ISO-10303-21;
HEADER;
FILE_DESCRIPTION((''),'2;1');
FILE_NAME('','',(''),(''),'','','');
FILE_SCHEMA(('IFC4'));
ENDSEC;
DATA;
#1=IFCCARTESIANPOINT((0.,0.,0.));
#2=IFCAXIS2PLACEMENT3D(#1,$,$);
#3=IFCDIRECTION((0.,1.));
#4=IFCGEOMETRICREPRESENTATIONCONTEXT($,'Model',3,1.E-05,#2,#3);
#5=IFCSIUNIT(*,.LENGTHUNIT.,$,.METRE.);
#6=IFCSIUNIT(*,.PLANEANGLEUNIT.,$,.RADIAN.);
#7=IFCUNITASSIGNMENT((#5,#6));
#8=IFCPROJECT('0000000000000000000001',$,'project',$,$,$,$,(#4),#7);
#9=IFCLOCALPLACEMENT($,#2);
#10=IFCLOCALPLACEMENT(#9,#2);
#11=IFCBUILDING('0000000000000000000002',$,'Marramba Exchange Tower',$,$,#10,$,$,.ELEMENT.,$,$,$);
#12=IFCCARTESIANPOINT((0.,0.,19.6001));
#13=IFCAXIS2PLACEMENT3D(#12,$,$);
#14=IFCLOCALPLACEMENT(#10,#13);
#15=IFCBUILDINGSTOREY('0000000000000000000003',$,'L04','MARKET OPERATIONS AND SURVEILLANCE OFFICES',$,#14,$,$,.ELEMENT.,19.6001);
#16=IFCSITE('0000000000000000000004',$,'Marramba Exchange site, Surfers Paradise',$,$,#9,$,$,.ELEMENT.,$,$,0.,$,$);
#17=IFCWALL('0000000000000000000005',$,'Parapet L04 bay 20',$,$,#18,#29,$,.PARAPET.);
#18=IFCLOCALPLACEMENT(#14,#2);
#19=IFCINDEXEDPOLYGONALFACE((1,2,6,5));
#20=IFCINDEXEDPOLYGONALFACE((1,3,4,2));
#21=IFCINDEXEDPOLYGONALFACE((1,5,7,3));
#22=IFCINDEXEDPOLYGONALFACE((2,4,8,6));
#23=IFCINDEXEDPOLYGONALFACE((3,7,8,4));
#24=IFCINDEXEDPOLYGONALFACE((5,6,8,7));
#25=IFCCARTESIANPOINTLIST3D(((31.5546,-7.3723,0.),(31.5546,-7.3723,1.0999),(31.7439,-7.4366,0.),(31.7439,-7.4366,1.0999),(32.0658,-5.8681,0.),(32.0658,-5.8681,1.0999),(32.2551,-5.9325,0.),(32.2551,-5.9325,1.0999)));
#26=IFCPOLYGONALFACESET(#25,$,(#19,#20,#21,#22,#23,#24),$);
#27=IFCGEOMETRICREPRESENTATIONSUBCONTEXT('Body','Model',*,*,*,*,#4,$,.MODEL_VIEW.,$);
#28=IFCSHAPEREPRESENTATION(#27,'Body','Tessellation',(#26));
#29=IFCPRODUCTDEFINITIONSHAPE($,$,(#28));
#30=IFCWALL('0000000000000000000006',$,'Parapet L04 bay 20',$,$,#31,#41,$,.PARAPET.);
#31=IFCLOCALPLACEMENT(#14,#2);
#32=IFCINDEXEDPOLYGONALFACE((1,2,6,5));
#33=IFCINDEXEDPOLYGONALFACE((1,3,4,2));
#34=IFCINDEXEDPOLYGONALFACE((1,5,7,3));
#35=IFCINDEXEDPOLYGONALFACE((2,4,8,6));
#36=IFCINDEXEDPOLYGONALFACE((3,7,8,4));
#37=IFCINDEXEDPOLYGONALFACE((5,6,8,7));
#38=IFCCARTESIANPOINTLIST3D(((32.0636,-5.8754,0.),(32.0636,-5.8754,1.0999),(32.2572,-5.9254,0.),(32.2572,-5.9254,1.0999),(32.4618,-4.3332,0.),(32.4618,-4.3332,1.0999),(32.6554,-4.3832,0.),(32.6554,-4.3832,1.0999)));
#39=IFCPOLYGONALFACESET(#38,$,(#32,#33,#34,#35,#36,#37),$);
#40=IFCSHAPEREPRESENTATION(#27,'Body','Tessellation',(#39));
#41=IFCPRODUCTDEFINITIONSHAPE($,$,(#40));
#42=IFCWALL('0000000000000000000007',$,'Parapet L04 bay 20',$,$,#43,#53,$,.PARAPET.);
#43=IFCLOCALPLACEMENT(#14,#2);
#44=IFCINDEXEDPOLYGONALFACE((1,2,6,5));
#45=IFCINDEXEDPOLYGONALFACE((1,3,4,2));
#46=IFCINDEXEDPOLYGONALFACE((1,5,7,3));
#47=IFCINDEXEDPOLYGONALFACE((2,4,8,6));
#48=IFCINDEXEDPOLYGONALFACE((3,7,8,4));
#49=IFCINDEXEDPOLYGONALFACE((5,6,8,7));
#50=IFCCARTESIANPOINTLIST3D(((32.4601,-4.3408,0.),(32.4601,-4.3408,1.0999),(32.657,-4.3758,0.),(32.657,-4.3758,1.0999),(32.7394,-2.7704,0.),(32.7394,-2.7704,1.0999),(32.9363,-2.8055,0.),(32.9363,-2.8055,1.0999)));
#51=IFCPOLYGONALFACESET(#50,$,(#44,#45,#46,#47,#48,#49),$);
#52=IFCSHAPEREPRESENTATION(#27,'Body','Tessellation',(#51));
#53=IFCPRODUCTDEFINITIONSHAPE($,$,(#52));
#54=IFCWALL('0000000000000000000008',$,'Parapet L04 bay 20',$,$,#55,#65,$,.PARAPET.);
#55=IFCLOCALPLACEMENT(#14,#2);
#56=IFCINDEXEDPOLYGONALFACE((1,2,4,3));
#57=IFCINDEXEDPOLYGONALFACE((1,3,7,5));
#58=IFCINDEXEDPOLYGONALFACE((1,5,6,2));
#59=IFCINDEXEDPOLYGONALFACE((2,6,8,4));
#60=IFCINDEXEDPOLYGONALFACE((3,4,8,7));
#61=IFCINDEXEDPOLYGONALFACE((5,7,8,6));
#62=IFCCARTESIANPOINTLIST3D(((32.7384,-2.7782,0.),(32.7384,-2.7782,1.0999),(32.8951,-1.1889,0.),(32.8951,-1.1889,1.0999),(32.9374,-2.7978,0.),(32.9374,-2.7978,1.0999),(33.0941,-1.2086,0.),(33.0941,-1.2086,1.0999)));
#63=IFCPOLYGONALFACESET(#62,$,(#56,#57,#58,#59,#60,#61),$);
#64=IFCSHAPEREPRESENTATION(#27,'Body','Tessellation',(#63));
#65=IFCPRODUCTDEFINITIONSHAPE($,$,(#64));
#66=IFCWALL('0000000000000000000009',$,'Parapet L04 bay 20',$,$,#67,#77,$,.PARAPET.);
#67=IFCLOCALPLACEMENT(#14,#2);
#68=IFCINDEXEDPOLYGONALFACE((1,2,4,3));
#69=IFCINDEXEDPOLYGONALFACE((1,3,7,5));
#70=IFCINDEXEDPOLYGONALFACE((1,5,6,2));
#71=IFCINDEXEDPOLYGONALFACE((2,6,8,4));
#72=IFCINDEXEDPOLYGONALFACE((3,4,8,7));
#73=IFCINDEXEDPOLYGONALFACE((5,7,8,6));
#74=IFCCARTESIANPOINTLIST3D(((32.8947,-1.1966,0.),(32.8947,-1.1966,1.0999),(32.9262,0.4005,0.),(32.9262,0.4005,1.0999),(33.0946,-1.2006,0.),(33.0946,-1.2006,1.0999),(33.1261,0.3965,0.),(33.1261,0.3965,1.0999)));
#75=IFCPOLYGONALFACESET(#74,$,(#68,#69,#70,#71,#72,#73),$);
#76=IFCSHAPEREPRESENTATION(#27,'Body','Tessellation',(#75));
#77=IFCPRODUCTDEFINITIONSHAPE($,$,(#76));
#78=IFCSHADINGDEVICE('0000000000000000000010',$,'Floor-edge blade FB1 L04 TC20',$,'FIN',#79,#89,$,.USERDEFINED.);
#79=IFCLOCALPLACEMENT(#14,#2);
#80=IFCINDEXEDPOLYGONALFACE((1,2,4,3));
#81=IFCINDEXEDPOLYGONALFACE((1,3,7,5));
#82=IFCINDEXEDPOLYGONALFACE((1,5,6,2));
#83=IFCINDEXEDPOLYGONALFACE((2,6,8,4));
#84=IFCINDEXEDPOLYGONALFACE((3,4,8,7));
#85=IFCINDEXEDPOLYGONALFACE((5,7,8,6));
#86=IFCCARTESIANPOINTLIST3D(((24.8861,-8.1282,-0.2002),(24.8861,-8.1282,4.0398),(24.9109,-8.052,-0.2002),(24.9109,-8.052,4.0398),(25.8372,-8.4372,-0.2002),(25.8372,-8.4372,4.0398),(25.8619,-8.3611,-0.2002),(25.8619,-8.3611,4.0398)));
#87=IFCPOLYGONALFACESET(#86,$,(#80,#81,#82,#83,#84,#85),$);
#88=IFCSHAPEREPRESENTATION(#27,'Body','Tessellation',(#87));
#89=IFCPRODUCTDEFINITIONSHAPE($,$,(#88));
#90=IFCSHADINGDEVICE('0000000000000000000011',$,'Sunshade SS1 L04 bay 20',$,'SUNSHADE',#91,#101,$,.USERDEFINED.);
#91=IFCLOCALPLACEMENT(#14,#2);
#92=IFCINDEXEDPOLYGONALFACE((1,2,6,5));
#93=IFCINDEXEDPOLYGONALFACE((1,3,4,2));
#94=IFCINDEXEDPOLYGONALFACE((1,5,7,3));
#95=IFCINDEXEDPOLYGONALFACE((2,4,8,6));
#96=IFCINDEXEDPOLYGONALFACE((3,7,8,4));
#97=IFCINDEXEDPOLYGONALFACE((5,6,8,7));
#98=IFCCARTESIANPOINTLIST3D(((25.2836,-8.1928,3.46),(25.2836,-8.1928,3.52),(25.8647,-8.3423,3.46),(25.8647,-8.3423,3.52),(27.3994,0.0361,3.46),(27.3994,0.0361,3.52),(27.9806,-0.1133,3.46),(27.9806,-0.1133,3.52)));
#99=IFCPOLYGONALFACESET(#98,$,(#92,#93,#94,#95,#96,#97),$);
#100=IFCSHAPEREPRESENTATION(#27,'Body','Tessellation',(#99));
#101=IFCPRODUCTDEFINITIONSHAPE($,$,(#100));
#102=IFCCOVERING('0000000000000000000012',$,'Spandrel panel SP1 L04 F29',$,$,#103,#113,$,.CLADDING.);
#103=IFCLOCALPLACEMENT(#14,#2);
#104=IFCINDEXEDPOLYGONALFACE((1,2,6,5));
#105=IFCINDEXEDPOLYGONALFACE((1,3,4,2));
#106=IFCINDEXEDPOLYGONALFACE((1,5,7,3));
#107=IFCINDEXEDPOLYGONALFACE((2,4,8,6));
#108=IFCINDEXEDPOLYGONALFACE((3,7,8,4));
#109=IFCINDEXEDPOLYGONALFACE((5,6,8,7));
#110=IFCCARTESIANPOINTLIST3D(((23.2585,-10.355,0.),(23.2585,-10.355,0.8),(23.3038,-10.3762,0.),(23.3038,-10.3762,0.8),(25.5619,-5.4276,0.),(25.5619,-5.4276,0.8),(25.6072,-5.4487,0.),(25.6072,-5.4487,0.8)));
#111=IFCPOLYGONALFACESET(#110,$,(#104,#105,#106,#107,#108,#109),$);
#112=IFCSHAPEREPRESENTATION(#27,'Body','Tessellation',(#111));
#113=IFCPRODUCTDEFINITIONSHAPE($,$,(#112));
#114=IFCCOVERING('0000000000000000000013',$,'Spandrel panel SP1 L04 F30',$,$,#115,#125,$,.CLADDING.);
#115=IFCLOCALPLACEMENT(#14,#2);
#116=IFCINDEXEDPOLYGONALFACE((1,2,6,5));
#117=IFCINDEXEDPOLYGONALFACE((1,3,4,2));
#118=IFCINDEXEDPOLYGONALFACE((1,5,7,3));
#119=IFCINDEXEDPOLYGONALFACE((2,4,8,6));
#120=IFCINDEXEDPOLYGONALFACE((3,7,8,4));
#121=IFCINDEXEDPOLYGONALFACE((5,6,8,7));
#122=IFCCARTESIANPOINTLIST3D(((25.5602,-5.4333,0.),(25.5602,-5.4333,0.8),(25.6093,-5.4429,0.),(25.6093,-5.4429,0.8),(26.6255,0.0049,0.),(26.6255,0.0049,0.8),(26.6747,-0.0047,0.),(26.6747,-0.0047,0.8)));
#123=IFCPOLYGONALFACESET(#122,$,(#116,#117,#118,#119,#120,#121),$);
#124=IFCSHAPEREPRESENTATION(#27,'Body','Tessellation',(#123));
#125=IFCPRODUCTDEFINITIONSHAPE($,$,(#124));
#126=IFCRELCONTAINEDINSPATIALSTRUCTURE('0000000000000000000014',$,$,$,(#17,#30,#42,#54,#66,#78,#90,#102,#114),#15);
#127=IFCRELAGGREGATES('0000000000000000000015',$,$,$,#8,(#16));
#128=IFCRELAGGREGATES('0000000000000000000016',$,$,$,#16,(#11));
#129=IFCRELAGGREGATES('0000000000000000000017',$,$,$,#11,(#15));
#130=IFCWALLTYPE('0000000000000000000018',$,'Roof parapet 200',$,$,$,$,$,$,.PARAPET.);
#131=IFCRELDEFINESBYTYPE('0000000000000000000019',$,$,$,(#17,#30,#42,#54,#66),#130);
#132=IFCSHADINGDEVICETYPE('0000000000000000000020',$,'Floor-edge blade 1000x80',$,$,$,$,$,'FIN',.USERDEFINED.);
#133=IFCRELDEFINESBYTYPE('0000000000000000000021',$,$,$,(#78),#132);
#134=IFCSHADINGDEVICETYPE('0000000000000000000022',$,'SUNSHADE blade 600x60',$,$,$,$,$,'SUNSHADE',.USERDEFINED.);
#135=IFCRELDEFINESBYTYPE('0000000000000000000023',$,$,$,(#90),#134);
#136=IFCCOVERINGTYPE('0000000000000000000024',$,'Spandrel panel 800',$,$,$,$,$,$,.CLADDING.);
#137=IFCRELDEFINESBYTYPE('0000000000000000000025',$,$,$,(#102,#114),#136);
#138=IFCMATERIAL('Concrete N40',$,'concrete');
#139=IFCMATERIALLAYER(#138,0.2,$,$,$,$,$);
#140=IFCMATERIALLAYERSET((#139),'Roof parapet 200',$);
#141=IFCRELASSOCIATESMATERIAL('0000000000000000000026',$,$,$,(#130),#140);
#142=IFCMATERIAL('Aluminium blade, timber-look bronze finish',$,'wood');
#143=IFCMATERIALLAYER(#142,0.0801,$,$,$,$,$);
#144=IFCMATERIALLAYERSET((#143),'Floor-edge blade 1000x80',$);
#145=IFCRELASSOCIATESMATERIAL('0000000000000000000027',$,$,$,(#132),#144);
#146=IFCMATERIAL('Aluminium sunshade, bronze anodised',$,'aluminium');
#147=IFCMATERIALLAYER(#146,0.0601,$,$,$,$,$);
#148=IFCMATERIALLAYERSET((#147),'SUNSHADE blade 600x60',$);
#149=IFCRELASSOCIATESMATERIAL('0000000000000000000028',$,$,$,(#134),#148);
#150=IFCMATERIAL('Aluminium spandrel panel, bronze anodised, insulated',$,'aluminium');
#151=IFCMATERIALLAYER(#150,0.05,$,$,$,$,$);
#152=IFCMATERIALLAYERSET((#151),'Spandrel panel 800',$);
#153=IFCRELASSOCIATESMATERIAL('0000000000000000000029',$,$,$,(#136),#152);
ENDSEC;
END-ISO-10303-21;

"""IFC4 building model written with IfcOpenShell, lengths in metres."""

from ifc_helpers import new_model, si_unit, direction, frame, frame_2d, origin, origin_2d, place, context, subcontext, project, spatial, rectangle, extrude, material, layer, layer_set, type_object, element, save


model = new_model("IFC4")

# Units and contexts
model_context = context("Model", 3, precision=1e-05, world=origin(), true_north=direction((0.0, 1.0)))
body_context = subcontext(model_context, "Body", "Model", "MODEL_VIEW")
ifc_project = project(units=[si_unit("LENGTHUNIT", "METRE"), si_unit("PLANEANGLEUNIT", "RADIAN")], contexts=[model_context])

# Site, building, storey
site_placement = place(None, origin())
site = spatial("IfcSite", under=ifc_project, at=site_placement, Name="Marramba Exchange site, Surfers Paradise", CompositionType="ELEMENT", RefElevation=0.0)
building_placement = place(site_placement, origin())
building = spatial("IfcBuilding", under=site, at=building_placement, Name="Marramba Exchange Tower", CompositionType="ELEMENT")
storey_placement = place(building_placement, frame((0.0, 0.0, 19.6001)))
storey = spatial("IfcBuildingStorey", under=building, at=storey_placement, Name="L04", Description="MARKET OPERATIONS AND SURVEILLANCE OFFICES", CompositionType="ELEMENT", Elevation=19.6001)

# Walls
ifc_material_1 = material(Name="Concrete N40", Category="concrete")
ifc_layer_1 = layer(ifc_material_1, 0.2)
ifc_layer_set_1 = layer_set([ifc_layer_1], Name="Roof parapet 200")
wall_type_1 = type_object("IfcWallType", Name="Roof parapet 200", PredefinedType="PARAPET", material=ifc_layer_set_1)
wall_1_placement = place(storey_placement, frame((31.6492, -7.4045, 0.0), z_axis=(0.0, 0.0, 1.0), x_axis=(0.321801, 0.946807, 0.0)))
element("IfcWall", 1, at=wall_1_placement, inside=storey, type_object=wall_type_1, Name="Parapet L04 bay 20", PredefinedType="PARAPET", context=body_context, shape_type="SweptSolid", body=[
    extrude(rectangle(XDim=1.5886, YDim=0.2, at=frame_2d((0.7944, 0.0))), origin(), (0.0, 0.0, 1.0), 1.0999),
])
wall_2_placement = place(storey_placement, frame((32.1604, -5.9004, 0.0), z_axis=(0.0, 0.0, 1.0), x_axis=(0.249994, 0.968247, 0.0)))
element("IfcWall", 2, at=wall_2_placement, inside=storey, type_object=wall_type_1, Name="Parapet L04 bay 20", PredefinedType="PARAPET", context=body_context, shape_type="SweptSolid", body=[
    extrude(rectangle(XDim=1.5928, YDim=0.2, at=frame_2d((0.7964, 0.0))), origin(), (0.0, 0.0, 1.0), 1.0999),
])
wall_3_placement = place(storey_placement, frame((32.5586, -4.3582, 0.0), z_axis=(0.0, 0.0, 1.0), x_axis=(0.175112, 0.984548, 0.0)))
element("IfcWall", 3, at=wall_3_placement, inside=storey, type_object=wall_type_1, Name="Parapet L04 bay 20", PredefinedType="PARAPET", context=body_context, shape_type="SweptSolid", body=[
    extrude(rectangle(XDim=1.595, YDim=0.2, at=frame_2d((0.7974, 0.0))), origin(), (0.0, 0.0, 1.0), 1.0999),
])
wall_4_placement = place(storey_placement, frame((32.8379, -2.7878, 0.0), z_axis=(0.0, 0.0, 1.0), x_axis=(0.098156, 0.995171, 0.0)))
element("IfcWall", 4, at=wall_4_placement, inside=storey, type_object=wall_type_1, Name="Parapet L04 bay 20", PredefinedType="PARAPET", context=body_context, shape_type="SweptSolid", body=[
    extrude(rectangle(XDim=1.5969, YDim=0.2, at=frame_2d((0.7983, 0.0))), origin(), (0.0, 0.0, 1.0), 1.0999),
])
wall_5_placement = place(storey_placement, frame((32.9946, -1.1987, 0.0), z_axis=(0.0, 0.0, 1.0), x_axis=(0.019715, 0.999806, 0.0)))
element("IfcWall", 5, at=wall_5_placement, inside=storey, type_object=wall_type_1, Name="Parapet L04 bay 20", PredefinedType="PARAPET", context=body_context, shape_type="SweptSolid", body=[
    extrude(rectangle(XDim=1.5974, YDim=0.2, at=frame_2d((0.7988, 0.0))), origin(), (0.0, 0.0, 1.0), 1.0999),
])

# Shading devices
ifc_material_2 = material(Name="Aluminium blade, timber-look bronze finish", Category="wood")
ifc_layer_2 = layer(ifc_material_2, 0.0801)
ifc_layer_set_2 = layer_set([ifc_layer_2], Name="Floor-edge blade 1000x80")
shading_device_type_1 = type_object("IfcShadingDeviceType", Name="Floor-edge blade 1000x80", ElementType="FIN", PredefinedType="USERDEFINED", material=ifc_layer_set_2)
shading_device_1_placement = place(storey_placement, frame((25.374, -8.2446, -0.2002), z_axis=(0.0, 0.0, 1.0), x_axis=(0.951057, -0.309017, 0.0)))
element("IfcShadingDevice", 6, at=shading_device_1_placement, inside=storey, type_object=shading_device_type_1, Name="Floor-edge blade FB1 L04 TC20", ObjectType="FIN", PredefinedType="USERDEFINED", context=body_context, shape_type="SweptSolid", body=[
    extrude(rectangle(XDim=1.0, YDim=0.0801, at=origin_2d()), origin(), (0.0, 0.0, 1.0), 4.24),
])
ifc_material_3 = material(Name="Aluminium sunshade, bronze anodised", Category="aluminium")
ifc_layer_3 = layer(ifc_material_3, 0.0601)
ifc_layer_set_3 = layer_set([ifc_layer_3], Name="SUNSHADE blade 600x60")
shading_device_type_2 = type_object("IfcShadingDeviceType", Name="SUNSHADE blade 600x60", ElementType="SUNSHADE", PredefinedType="USERDEFINED", material=ifc_layer_set_3)
shading_device_2_placement = place(storey_placement, frame((26.6321, -4.1531, 3.46), z_axis=(0.0, 0.0, 1.0), x_axis=(0.249025, 0.968497, 0.0)))
element("IfcShadingDevice", 7, at=shading_device_2_placement, inside=storey, type_object=shading_device_type_2, Name="Sunshade SS1 L04 bay 20", ObjectType="SUNSHADE", PredefinedType="USERDEFINED", context=body_context, shape_type="SweptSolid", body=[
    extrude(rectangle(XDim=8.4966, YDim=0.6001, at=origin_2d()), origin(), (0.0, 0.0, 1.0), 0.0601),
])

# Coverings
ifc_material_4 = material(Name="Aluminium spandrel panel, bronze anodised, insulated", Category="aluminium")
ifc_layer_4 = layer(ifc_material_4, 0.05)
ifc_layer_set_4 = layer_set([ifc_layer_4], Name="Spandrel panel 800")
covering_type = type_object("IfcCoveringType", Name="Spandrel panel 800", PredefinedType="CLADDING", material=ifc_layer_set_4)
covering_1_placement = place(storey_placement, frame((24.4329, -7.9019, 0.0), z_axis=(0.0, 0.0, 1.0), x_axis=(0.423477, 0.905907, 0.0)))
element("IfcCovering", 8, at=covering_1_placement, inside=storey, type_object=covering_type, Name="Spandrel panel SP1 L04 F29", PredefinedType="CLADDING", context=body_context, shape_type="SweptSolid", body=[
    extrude(rectangle(XDim=5.4392, YDim=0.05, at=origin_2d()), origin(), (0.0, 0.0, 1.0), 0.8),
])
covering_2_placement = place(storey_placement, frame((26.1174, -2.719, 0.0), z_axis=(0.0, 0.0, 1.0), x_axis=(0.192249, 0.981346, 0.0)))
element("IfcCovering", 9, at=covering_2_placement, inside=storey, type_object=covering_type, Name="Spandrel panel SP1 L04 F30", PredefinedType="CLADDING", context=body_context, shape_type="SweptSolid", body=[
    extrude(rectangle(XDim=5.5415, YDim=0.05, at=origin_2d()), origin(), (0.0, 0.0, 1.0), 0.8),
])

save(model, "model.ifc")
